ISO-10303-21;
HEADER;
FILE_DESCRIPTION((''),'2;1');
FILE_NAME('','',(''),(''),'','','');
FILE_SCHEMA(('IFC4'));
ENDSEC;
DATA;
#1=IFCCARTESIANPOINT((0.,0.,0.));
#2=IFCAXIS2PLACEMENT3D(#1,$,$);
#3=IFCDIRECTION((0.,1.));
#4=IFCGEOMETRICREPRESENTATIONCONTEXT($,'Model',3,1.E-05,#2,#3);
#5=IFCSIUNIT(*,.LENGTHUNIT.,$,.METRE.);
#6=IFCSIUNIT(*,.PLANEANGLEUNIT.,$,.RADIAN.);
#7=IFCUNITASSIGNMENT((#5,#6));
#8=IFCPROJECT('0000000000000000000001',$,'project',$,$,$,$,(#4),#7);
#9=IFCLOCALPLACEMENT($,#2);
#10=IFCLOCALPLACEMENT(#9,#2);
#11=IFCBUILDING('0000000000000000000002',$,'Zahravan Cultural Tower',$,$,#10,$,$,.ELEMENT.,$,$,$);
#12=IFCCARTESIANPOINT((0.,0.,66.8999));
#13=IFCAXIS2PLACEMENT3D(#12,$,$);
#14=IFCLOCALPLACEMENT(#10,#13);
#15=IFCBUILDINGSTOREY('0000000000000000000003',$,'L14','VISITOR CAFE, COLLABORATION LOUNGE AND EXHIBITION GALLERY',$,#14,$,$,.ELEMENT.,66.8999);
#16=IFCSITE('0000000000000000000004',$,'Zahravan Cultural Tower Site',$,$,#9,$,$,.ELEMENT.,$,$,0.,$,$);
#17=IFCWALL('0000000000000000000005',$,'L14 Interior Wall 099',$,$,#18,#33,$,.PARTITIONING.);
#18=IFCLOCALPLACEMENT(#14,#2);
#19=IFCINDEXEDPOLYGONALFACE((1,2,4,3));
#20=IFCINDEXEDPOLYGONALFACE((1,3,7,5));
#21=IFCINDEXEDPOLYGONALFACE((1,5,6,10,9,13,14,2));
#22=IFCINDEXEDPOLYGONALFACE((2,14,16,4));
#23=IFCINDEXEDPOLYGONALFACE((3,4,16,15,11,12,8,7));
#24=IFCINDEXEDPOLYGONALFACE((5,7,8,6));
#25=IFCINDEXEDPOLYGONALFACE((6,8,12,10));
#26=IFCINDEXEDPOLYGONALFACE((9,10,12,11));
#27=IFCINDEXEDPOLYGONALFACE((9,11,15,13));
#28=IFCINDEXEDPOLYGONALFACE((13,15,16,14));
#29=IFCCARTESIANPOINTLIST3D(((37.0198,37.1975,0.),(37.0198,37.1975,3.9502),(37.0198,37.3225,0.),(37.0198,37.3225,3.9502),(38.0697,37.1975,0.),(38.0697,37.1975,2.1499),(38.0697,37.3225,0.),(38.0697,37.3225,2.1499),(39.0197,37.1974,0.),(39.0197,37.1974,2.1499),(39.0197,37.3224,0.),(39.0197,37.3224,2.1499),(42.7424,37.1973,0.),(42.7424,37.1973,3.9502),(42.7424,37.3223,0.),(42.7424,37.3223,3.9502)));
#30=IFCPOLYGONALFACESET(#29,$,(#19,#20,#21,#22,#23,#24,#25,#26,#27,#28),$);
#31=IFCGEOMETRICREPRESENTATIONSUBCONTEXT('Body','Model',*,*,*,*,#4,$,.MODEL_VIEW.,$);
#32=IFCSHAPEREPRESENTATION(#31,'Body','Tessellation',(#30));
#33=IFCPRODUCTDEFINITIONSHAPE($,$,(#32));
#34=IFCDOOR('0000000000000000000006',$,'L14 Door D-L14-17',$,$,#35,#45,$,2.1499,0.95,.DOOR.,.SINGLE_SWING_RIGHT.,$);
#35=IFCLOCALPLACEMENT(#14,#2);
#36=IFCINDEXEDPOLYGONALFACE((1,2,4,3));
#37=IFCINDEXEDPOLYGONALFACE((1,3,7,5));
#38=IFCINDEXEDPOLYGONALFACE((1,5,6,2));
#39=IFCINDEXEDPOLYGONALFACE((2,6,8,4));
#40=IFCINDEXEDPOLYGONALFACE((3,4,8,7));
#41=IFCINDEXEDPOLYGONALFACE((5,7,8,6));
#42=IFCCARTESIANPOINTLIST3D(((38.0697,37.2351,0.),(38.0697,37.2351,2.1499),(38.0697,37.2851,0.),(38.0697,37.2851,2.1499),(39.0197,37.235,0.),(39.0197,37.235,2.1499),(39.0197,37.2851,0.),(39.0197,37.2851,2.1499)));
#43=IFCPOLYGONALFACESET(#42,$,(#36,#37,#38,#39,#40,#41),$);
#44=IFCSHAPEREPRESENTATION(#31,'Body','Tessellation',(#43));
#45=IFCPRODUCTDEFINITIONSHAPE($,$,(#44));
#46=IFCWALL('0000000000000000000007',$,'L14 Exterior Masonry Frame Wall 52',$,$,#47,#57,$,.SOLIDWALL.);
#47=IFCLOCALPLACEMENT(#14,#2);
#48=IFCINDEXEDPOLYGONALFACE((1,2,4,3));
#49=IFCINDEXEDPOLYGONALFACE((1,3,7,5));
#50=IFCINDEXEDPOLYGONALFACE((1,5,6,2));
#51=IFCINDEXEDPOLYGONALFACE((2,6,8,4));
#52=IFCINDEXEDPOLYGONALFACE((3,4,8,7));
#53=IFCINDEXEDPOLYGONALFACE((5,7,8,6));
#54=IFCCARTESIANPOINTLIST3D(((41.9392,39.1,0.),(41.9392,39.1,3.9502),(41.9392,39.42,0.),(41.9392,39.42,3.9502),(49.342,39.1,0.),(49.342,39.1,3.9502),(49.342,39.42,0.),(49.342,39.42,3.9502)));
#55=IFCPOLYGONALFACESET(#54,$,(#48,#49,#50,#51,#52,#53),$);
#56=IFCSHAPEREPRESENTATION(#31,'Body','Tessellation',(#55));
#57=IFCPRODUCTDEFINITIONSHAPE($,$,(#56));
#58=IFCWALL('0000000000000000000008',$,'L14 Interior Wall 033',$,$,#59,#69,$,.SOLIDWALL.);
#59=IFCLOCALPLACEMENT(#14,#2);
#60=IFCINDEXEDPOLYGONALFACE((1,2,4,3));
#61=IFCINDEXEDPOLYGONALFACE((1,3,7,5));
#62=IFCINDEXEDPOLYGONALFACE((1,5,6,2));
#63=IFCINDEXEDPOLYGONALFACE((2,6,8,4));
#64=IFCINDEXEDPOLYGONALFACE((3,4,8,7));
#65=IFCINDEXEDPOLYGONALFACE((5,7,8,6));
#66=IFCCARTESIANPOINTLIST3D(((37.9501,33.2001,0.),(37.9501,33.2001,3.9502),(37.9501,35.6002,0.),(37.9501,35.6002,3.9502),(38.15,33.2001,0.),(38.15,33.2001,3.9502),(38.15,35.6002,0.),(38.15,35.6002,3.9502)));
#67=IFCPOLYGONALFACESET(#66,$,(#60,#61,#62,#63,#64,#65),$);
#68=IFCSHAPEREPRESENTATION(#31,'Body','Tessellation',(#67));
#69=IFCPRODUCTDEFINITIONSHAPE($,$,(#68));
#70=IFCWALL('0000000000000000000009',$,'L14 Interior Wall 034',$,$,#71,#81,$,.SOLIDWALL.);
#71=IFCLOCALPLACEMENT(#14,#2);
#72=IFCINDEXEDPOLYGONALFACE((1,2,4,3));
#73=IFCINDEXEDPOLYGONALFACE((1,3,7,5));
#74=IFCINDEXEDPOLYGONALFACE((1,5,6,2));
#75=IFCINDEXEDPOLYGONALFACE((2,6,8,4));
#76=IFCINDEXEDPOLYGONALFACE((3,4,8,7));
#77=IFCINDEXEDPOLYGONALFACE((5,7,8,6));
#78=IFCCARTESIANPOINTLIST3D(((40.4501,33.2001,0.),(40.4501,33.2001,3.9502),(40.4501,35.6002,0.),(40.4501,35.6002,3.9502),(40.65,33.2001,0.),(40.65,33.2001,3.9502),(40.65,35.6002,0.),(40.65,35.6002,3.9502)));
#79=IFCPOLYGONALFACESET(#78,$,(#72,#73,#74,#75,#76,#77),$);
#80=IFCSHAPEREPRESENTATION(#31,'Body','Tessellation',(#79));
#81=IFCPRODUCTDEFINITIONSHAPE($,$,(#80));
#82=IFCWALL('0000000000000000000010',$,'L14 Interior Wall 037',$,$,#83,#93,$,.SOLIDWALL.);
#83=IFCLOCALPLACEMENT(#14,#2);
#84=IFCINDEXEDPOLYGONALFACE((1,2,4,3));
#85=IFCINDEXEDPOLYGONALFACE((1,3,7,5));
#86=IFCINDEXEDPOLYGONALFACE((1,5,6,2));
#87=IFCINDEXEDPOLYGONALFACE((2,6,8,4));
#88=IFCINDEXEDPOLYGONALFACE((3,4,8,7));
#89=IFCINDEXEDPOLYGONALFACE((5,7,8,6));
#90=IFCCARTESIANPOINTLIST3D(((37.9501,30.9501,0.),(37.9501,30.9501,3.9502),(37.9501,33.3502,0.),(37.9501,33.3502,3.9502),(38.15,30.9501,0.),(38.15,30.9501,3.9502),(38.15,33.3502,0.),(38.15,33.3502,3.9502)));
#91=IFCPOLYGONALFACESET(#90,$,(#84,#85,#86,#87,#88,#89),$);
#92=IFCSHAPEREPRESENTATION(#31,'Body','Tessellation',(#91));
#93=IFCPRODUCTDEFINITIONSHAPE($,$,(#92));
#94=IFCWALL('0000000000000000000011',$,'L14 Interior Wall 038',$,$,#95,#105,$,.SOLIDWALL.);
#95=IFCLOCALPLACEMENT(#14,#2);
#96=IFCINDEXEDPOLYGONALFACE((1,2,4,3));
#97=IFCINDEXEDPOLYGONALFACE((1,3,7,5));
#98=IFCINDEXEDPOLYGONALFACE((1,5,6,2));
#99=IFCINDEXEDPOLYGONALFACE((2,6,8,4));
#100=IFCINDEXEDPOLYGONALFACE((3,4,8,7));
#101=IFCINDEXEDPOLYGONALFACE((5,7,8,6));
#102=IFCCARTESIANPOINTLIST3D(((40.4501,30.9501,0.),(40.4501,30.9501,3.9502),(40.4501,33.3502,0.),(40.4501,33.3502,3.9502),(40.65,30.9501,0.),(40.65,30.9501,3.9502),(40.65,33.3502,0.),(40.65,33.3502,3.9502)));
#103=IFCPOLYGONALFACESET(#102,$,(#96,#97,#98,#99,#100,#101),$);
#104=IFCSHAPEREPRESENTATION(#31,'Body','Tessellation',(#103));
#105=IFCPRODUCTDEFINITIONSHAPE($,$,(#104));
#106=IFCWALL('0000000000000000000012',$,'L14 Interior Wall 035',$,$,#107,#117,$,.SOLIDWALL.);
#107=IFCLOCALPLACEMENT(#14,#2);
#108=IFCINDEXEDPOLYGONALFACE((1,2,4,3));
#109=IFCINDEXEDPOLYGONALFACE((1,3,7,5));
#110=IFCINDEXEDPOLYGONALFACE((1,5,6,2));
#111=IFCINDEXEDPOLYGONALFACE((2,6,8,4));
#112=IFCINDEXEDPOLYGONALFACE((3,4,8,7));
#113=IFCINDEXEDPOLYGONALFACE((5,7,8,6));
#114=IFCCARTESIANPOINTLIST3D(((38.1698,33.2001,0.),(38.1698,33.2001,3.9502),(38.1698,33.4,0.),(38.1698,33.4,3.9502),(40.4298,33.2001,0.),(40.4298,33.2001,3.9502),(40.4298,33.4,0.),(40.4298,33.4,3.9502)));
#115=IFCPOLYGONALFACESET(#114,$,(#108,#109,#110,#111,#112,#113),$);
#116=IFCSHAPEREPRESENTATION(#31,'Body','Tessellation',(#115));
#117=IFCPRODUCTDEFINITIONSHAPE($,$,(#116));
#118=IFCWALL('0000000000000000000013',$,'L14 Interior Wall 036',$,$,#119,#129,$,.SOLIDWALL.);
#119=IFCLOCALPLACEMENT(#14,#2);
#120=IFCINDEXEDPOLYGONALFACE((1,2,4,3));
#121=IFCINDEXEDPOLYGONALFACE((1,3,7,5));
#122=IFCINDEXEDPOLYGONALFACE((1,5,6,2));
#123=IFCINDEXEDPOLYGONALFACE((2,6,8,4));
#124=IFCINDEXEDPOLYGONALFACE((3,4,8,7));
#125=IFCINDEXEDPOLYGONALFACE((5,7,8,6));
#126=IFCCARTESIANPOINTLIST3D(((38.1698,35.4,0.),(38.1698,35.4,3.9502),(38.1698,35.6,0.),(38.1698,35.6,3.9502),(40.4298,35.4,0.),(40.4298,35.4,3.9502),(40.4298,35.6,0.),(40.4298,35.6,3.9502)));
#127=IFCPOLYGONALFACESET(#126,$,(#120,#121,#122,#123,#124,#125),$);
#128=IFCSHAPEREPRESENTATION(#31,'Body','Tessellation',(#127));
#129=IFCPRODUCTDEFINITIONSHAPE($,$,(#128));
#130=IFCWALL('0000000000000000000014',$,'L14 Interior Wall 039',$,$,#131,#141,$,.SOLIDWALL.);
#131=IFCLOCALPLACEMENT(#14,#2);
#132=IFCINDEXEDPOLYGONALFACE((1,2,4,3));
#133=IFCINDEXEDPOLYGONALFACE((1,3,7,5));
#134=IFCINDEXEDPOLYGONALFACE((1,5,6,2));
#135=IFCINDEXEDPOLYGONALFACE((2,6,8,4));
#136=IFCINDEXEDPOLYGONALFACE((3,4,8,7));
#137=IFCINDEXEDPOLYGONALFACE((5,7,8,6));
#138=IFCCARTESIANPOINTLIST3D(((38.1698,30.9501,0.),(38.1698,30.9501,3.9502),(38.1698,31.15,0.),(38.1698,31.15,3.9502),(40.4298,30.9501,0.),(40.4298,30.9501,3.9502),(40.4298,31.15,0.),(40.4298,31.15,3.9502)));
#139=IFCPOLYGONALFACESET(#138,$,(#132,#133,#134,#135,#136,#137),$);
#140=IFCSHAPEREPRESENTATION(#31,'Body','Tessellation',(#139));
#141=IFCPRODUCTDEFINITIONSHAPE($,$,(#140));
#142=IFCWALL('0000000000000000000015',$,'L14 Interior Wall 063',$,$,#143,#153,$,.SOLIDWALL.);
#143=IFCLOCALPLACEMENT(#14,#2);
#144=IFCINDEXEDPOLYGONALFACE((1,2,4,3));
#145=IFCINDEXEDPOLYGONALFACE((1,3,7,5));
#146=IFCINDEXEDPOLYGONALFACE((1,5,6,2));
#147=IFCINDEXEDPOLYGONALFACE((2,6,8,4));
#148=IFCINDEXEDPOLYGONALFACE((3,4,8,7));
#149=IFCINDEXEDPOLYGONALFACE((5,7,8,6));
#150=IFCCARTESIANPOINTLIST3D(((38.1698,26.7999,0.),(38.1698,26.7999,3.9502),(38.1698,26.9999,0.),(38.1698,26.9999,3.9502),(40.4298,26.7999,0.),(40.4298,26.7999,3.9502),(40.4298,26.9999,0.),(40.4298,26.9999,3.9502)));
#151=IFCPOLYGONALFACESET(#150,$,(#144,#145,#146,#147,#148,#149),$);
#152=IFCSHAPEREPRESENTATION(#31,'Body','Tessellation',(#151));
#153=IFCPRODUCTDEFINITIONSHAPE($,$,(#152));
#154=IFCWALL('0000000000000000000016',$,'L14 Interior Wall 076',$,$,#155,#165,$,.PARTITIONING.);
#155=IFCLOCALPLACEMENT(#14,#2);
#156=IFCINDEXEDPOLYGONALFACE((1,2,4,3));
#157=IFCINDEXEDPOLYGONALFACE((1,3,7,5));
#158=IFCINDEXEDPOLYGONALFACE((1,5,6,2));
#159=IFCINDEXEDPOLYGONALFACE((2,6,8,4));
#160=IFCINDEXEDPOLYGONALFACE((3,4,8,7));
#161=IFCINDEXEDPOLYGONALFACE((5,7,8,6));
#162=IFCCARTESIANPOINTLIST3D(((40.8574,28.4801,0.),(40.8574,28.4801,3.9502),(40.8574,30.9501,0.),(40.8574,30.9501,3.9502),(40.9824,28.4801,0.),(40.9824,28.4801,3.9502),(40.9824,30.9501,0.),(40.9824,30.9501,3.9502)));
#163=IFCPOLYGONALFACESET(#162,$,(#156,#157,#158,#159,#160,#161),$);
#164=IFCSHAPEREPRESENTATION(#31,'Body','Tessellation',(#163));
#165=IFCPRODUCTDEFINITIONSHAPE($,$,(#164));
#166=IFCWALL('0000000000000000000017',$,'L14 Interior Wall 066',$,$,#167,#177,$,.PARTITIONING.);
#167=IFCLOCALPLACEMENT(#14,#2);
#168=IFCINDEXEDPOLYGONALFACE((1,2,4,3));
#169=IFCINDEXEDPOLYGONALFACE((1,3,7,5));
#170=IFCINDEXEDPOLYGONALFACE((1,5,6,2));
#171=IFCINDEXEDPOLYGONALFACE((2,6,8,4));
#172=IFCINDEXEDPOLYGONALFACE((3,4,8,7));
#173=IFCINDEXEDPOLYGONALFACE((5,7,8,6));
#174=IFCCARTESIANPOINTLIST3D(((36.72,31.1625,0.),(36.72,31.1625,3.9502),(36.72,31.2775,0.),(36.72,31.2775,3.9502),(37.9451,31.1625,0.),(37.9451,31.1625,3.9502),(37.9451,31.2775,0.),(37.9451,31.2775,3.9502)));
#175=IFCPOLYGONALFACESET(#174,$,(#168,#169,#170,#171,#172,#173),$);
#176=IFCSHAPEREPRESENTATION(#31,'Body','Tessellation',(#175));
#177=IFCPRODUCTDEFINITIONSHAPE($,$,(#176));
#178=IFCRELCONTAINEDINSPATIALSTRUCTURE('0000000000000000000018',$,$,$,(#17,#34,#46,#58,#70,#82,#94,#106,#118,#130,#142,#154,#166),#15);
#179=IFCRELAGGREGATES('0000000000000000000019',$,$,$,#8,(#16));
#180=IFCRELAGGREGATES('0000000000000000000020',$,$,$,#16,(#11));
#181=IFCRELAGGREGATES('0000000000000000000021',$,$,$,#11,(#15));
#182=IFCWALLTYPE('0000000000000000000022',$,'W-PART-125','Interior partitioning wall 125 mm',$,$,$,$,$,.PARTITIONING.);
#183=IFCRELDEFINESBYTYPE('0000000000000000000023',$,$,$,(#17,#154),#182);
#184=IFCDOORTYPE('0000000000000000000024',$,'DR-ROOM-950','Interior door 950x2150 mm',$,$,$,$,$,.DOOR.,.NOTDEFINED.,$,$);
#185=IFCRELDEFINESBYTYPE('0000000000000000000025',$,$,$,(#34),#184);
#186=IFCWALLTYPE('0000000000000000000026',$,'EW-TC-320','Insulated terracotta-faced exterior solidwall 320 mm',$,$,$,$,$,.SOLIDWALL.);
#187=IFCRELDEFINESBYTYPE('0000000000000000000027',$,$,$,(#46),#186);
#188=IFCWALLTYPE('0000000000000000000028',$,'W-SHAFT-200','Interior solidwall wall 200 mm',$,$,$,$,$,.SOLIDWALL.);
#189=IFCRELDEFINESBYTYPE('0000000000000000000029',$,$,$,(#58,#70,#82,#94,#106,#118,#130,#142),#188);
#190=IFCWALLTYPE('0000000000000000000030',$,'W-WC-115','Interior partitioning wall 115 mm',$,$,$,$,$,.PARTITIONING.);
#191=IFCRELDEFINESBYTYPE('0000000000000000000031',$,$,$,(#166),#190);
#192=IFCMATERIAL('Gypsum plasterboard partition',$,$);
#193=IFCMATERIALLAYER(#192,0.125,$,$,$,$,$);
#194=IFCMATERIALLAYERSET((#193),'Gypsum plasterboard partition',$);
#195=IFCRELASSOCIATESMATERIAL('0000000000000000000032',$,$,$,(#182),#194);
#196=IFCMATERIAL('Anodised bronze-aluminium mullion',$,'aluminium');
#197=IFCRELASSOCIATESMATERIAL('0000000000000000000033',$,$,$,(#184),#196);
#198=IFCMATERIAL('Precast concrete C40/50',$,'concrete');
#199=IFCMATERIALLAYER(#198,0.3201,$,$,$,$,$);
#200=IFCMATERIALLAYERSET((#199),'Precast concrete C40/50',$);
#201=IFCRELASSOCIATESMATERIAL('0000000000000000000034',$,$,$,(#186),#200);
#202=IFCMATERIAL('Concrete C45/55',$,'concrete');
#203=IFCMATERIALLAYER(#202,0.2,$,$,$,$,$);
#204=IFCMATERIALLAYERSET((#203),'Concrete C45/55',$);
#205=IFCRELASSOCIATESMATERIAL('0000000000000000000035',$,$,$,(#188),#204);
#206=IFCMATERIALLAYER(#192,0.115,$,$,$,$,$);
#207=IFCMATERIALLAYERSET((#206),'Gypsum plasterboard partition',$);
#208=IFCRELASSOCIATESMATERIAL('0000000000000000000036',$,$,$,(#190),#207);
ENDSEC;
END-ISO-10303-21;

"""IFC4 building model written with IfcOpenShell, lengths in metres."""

from ifc_helpers import new_model, si_unit, direction, frame, frame_2d, origin, place, context, subcontext, project, spatial, rectangle, extrude, source, transform, mapped, material, layer, layer_set, type_object, element, fill, save


model = new_model("IFC4")

# Units and contexts
model_context = context("Model", 3, precision=1e-05, world=origin(), true_north=direction((0.0, 1.0)))
body_context = subcontext(model_context, "Body", "Model", "MODEL_VIEW")
ifc_project = project(units=[si_unit("LENGTHUNIT", "METRE"), si_unit("PLANEANGLEUNIT", "RADIAN")], contexts=[model_context])

# Site, building, storey
site_placement = place(None, origin())
site = spatial("IfcSite", under=ifc_project, at=site_placement, Name="Zahravan Cultural Tower Site", CompositionType="ELEMENT", RefElevation=0.0)
building_placement = place(site_placement, origin())
building = spatial("IfcBuilding", under=site, at=building_placement, Name="Zahravan Cultural Tower", CompositionType="ELEMENT")
storey_placement = place(building_placement, frame((0.0, 0.0, 66.8999)))
storey = spatial("IfcBuildingStorey", under=building, at=storey_placement, Name="L14", Description="VISITOR CAFE, COLLABORATION LOUNGE AND EXHIBITION GALLERY", CompositionType="ELEMENT", Elevation=66.8999)

# Shared definitions
ifc_material_1 = material(Name="Anodised bronze-aluminium mullion", Category="aluminium")

# Wall, opening, door
ifc_material_2 = material(Name="Gypsum plasterboard partition")
ifc_layer_1 = layer(ifc_material_2, 0.125)
ifc_layer_set_1 = layer_set([ifc_layer_1], Name="Gypsum plasterboard partition")
wall_type_1 = type_object("IfcWallType", Name="W-PART-125", Description="Interior partitioning wall 125 mm", PredefinedType="PARTITIONING", material=ifc_layer_set_1)
door_type = type_object("IfcDoorType", Name="DR-ROOM-950", Description="Interior door 950x2150 mm", OperationType="NOTDEFINED", PredefinedType="DOOR", material=ifc_material_1)
shared_shape_1 = source(origin(), body_context, "Body", "SweptSolid", [
    extrude(rectangle(XDim=0.95, YDim=2.1499, at=frame_2d((0.4751, 1.075))), frame((0.0, 0.0249, 0.0), z_axis=(0.0, -1.0, 0.0), x_axis=(1.0, 0.0, 0.0)), (0.0, 0.0, 1.0), 0.05),
])
wall_1_placement = place(storey_placement, frame((42.7424, 37.2598, 0.0), z_axis=(0.0, 0.0, 1.0), x_axis=(-1.0, 0.000043, 0.0)))
wall_1 = element("IfcWall", 1, at=wall_1_placement, inside=storey, type_object=wall_type_1, Name="L14 Interior Wall 099", PredefinedType="PARTITIONING", context=body_context, shape_type="SweptSolid", body=[
    extrude(rectangle(XDim=5.7227, YDim=0.125, at=frame_2d((2.8613, 0.0))), origin(), (0.0, 0.0, 1.0), 3.9502),
])
opening_1_placement = place(wall_1_placement, frame((3.7227, 0.0, 0.0)))
opening_1 = element("IfcOpeningElement", 2, at=opening_1_placement, cuts=wall_1, PredefinedType="OPENING", context=body_context, shape_type="SweptSolid", body=[
    extrude(rectangle(XDim=0.95, YDim=2.1499, at=frame_2d((0.4751, 1.075))), frame((0.0, 0.0725, 0.0), z_axis=(0.0, -1.0, 0.0), x_axis=(1.0, 0.0, 0.0)), (0.0, 0.0, 1.0), 0.145),
])
door_1_placement = place(opening_1_placement, origin())
door_1 = element("IfcDoor", 3, at=door_1_placement, inside=storey, type_object=door_type, Name="L14 Door D-L14-17", OperationType="SINGLE_SWING_RIGHT", OverallHeight=2.1499, OverallWidth=0.95, PredefinedType="DOOR", context=body_context, shape_type="MappedRepresentation", body=[
    mapped(shared_shape_1, transform((0.0, 0.0, 0.0), x_axis=(1.0, 0.0, 0.0), y_axis=(0.0, 1.0, 0.0), z_axis=(0.0, 0.0, 1.0), scale=1.0)),
])
fill(opening_1, door_1)

# Walls
ifc_material_3 = material(Name="Precast concrete C40/50", Category="concrete")
ifc_layer_2 = layer(ifc_material_3, 0.3201)
ifc_layer_set_2 = layer_set([ifc_layer_2], Name="Precast concrete C40/50")
wall_type_2 = type_object("IfcWallType", Name="EW-TC-320", Description="Insulated terracotta-faced exterior solidwall 320 mm", PredefinedType="SOLIDWALL", material=ifc_layer_set_2)
shared_shape_2 = source(origin(), body_context, "Body", "SweptSolid", [
    extrude(rectangle(XDim=7.4028, YDim=0.3201, at=frame_2d((3.7014, 0.0))), origin(), (0.0, 0.0, 1.0), 3.9502),
])
wall_2_placement = place(storey_placement, frame((41.9392, 39.26, 0.0), z_axis=(0.0, 0.0, 1.0), x_axis=(1.0, 0.0, 0.0)))
element("IfcWall", 4, at=wall_2_placement, inside=storey, type_object=wall_type_2, Name="L14 Exterior Masonry Frame Wall 52", PredefinedType="SOLIDWALL", context=body_context, shape_type="MappedRepresentation", body=[
    mapped(shared_shape_2, transform((0.0, 0.0, 0.0), x_axis=(1.0, 0.0, 0.0), y_axis=(0.0, 1.0, 0.0), z_axis=(0.0, 0.0, 1.0), scale=1.0)),
])
ifc_material_4 = material(Name="Concrete C45/55", Category="concrete")
ifc_layer_3 = layer(ifc_material_4, 0.2)
ifc_layer_set_3 = layer_set([ifc_layer_3], Name="Concrete C45/55")
wall_type_3 = type_object("IfcWallType", Name="W-SHAFT-200", Description="Interior solidwall wall 200 mm", PredefinedType="SOLIDWALL", material=ifc_layer_set_3)
shared_shape_3 = source(origin(), body_context, "Body", "SweptSolid", [
    extrude(rectangle(XDim=2.4001, YDim=0.2, at=frame_2d((1.2002, 0.0))), origin(), (0.0, 0.0, 1.0), 3.9502),
])
for number, where, z_axis, x_axis, name in (
    (5, (38.05, 33.2, 0.0), (0.0, 0.0, 1.0), (0.0, 1.0, 0.0), "L14 Interior Wall 033"),
    (6, (40.55, 33.2, 0.0), (0.0, 0.0, 1.0), (0.0, 1.0, 0.0), "L14 Interior Wall 034"),
    (7, (38.05, 30.95, 0.0), (0.0, 0.0, 1.0), (0.0, 1.0, 0.0), "L14 Interior Wall 037"),
    (8, (40.55, 30.95, 0.0), (0.0, 0.0, 1.0), (0.0, 1.0, 0.0), "L14 Interior Wall 038"),
):
    element("IfcWall", number, at=place(storey_placement, frame(where, z_axis=z_axis, x_axis=x_axis)), inside=storey, type_object=wall_type_3, Name=name, PredefinedType="SOLIDWALL", context=body_context, shape_type="MappedRepresentation", body=[
        mapped(shared_shape_3, transform((0.0, 0.0, 0.0), x_axis=(1.0, 0.0, 0.0), y_axis=(0.0, 1.0, 0.0), z_axis=(0.0, 0.0, 1.0), scale=1.0)),
    ])
shared_shape_4 = source(origin(), body_context, "Body", "SweptSolid", [
    extrude(rectangle(XDim=2.26, YDim=0.2, at=frame_2d((1.1299, 0.0))), origin(), (0.0, 0.0, 1.0), 3.9502),
])
for number, where, z_axis, x_axis, name in (
    (9, (38.1699, 33.3, 0.0), (0.0, 0.0, 1.0), (1.0, 0.0, 0.0), "L14 Interior Wall 035"),
    (10, (38.1699, 35.5, 0.0), (0.0, 0.0, 1.0), (1.0, 0.0, 0.0), "L14 Interior Wall 036"),
    (11, (38.1699, 31.05, 0.0), (0.0, 0.0, 1.0), (1.0, 0.0, 0.0), "L14 Interior Wall 039"),
    (12, (38.1699, 26.8999, 0.0), (0.0, 0.0, 1.0), (1.0, 0.0, 0.0), "L14 Interior Wall 063"),
):
    element("IfcWall", number, at=place(storey_placement, frame(where, z_axis=z_axis, x_axis=x_axis)), inside=storey, type_object=wall_type_3, Name=name, PredefinedType="SOLIDWALL", context=body_context, shape_type="MappedRepresentation", body=[
        mapped(shared_shape_4, transform((0.0, 0.0, 0.0), x_axis=(1.0, 0.0, 0.0), y_axis=(0.0, 1.0, 0.0), z_axis=(0.0, 0.0, 1.0), scale=1.0)),
    ])
shared_shape_5 = source(origin(), body_context, "Body", "SweptSolid", [
    extrude(rectangle(XDim=2.47, YDim=0.125, at=frame_2d((1.2349, 0.0))), origin(), (0.0, 0.0, 1.0), 3.9502),
])
wall_3_placement = place(storey_placement, frame((40.9199, 30.95, 0.0), z_axis=(0.0, 0.0, 1.0), x_axis=(0.0, -1.0, 0.0)))
element("IfcWall", 13, at=wall_3_placement, inside=storey, type_object=wall_type_1, Name="L14 Interior Wall 076", PredefinedType="PARTITIONING", context=body_context, shape_type="MappedRepresentation", body=[
    mapped(shared_shape_5, transform((0.0, 0.0, 0.0), x_axis=(1.0, 0.0, 0.0), y_axis=(0.0, 1.0, 0.0), z_axis=(0.0, 0.0, 1.0), scale=1.0)),
])
ifc_layer_4 = layer(ifc_material_2, 0.115)
ifc_layer_set_4 = layer_set([ifc_layer_4], Name="Gypsum plasterboard partition")
wall_type_4 = type_object("IfcWallType", Name="W-WC-115", Description="Interior partitioning wall 115 mm", PredefinedType="PARTITIONING", material=ifc_layer_set_4)
shared_shape_6 = source(origin(), body_context, "Body", "SweptSolid", [
    extrude(rectangle(XDim=1.2251, YDim=0.115, at=frame_2d((0.6125, 0.0))), origin(), (0.0, 0.0, 1.0), 3.9502),
])
wall_4_placement = place(storey_placement, frame((37.9451, 31.22, 0.0), z_axis=(0.0, 0.0, 1.0), x_axis=(-1.0, 0.0, 0.0)))
element("IfcWall", 14, at=wall_4_placement, inside=storey, type_object=wall_type_4, Name="L14 Interior Wall 066", PredefinedType="PARTITIONING", context=body_context, shape_type="MappedRepresentation", body=[
    mapped(shared_shape_6, transform((0.0, 0.0, 0.0), x_axis=(1.0, 0.0, 0.0), y_axis=(0.0, 1.0, 0.0), z_axis=(0.0, 0.0, 1.0), scale=1.0)),
])

save(model, "model.ifc")
